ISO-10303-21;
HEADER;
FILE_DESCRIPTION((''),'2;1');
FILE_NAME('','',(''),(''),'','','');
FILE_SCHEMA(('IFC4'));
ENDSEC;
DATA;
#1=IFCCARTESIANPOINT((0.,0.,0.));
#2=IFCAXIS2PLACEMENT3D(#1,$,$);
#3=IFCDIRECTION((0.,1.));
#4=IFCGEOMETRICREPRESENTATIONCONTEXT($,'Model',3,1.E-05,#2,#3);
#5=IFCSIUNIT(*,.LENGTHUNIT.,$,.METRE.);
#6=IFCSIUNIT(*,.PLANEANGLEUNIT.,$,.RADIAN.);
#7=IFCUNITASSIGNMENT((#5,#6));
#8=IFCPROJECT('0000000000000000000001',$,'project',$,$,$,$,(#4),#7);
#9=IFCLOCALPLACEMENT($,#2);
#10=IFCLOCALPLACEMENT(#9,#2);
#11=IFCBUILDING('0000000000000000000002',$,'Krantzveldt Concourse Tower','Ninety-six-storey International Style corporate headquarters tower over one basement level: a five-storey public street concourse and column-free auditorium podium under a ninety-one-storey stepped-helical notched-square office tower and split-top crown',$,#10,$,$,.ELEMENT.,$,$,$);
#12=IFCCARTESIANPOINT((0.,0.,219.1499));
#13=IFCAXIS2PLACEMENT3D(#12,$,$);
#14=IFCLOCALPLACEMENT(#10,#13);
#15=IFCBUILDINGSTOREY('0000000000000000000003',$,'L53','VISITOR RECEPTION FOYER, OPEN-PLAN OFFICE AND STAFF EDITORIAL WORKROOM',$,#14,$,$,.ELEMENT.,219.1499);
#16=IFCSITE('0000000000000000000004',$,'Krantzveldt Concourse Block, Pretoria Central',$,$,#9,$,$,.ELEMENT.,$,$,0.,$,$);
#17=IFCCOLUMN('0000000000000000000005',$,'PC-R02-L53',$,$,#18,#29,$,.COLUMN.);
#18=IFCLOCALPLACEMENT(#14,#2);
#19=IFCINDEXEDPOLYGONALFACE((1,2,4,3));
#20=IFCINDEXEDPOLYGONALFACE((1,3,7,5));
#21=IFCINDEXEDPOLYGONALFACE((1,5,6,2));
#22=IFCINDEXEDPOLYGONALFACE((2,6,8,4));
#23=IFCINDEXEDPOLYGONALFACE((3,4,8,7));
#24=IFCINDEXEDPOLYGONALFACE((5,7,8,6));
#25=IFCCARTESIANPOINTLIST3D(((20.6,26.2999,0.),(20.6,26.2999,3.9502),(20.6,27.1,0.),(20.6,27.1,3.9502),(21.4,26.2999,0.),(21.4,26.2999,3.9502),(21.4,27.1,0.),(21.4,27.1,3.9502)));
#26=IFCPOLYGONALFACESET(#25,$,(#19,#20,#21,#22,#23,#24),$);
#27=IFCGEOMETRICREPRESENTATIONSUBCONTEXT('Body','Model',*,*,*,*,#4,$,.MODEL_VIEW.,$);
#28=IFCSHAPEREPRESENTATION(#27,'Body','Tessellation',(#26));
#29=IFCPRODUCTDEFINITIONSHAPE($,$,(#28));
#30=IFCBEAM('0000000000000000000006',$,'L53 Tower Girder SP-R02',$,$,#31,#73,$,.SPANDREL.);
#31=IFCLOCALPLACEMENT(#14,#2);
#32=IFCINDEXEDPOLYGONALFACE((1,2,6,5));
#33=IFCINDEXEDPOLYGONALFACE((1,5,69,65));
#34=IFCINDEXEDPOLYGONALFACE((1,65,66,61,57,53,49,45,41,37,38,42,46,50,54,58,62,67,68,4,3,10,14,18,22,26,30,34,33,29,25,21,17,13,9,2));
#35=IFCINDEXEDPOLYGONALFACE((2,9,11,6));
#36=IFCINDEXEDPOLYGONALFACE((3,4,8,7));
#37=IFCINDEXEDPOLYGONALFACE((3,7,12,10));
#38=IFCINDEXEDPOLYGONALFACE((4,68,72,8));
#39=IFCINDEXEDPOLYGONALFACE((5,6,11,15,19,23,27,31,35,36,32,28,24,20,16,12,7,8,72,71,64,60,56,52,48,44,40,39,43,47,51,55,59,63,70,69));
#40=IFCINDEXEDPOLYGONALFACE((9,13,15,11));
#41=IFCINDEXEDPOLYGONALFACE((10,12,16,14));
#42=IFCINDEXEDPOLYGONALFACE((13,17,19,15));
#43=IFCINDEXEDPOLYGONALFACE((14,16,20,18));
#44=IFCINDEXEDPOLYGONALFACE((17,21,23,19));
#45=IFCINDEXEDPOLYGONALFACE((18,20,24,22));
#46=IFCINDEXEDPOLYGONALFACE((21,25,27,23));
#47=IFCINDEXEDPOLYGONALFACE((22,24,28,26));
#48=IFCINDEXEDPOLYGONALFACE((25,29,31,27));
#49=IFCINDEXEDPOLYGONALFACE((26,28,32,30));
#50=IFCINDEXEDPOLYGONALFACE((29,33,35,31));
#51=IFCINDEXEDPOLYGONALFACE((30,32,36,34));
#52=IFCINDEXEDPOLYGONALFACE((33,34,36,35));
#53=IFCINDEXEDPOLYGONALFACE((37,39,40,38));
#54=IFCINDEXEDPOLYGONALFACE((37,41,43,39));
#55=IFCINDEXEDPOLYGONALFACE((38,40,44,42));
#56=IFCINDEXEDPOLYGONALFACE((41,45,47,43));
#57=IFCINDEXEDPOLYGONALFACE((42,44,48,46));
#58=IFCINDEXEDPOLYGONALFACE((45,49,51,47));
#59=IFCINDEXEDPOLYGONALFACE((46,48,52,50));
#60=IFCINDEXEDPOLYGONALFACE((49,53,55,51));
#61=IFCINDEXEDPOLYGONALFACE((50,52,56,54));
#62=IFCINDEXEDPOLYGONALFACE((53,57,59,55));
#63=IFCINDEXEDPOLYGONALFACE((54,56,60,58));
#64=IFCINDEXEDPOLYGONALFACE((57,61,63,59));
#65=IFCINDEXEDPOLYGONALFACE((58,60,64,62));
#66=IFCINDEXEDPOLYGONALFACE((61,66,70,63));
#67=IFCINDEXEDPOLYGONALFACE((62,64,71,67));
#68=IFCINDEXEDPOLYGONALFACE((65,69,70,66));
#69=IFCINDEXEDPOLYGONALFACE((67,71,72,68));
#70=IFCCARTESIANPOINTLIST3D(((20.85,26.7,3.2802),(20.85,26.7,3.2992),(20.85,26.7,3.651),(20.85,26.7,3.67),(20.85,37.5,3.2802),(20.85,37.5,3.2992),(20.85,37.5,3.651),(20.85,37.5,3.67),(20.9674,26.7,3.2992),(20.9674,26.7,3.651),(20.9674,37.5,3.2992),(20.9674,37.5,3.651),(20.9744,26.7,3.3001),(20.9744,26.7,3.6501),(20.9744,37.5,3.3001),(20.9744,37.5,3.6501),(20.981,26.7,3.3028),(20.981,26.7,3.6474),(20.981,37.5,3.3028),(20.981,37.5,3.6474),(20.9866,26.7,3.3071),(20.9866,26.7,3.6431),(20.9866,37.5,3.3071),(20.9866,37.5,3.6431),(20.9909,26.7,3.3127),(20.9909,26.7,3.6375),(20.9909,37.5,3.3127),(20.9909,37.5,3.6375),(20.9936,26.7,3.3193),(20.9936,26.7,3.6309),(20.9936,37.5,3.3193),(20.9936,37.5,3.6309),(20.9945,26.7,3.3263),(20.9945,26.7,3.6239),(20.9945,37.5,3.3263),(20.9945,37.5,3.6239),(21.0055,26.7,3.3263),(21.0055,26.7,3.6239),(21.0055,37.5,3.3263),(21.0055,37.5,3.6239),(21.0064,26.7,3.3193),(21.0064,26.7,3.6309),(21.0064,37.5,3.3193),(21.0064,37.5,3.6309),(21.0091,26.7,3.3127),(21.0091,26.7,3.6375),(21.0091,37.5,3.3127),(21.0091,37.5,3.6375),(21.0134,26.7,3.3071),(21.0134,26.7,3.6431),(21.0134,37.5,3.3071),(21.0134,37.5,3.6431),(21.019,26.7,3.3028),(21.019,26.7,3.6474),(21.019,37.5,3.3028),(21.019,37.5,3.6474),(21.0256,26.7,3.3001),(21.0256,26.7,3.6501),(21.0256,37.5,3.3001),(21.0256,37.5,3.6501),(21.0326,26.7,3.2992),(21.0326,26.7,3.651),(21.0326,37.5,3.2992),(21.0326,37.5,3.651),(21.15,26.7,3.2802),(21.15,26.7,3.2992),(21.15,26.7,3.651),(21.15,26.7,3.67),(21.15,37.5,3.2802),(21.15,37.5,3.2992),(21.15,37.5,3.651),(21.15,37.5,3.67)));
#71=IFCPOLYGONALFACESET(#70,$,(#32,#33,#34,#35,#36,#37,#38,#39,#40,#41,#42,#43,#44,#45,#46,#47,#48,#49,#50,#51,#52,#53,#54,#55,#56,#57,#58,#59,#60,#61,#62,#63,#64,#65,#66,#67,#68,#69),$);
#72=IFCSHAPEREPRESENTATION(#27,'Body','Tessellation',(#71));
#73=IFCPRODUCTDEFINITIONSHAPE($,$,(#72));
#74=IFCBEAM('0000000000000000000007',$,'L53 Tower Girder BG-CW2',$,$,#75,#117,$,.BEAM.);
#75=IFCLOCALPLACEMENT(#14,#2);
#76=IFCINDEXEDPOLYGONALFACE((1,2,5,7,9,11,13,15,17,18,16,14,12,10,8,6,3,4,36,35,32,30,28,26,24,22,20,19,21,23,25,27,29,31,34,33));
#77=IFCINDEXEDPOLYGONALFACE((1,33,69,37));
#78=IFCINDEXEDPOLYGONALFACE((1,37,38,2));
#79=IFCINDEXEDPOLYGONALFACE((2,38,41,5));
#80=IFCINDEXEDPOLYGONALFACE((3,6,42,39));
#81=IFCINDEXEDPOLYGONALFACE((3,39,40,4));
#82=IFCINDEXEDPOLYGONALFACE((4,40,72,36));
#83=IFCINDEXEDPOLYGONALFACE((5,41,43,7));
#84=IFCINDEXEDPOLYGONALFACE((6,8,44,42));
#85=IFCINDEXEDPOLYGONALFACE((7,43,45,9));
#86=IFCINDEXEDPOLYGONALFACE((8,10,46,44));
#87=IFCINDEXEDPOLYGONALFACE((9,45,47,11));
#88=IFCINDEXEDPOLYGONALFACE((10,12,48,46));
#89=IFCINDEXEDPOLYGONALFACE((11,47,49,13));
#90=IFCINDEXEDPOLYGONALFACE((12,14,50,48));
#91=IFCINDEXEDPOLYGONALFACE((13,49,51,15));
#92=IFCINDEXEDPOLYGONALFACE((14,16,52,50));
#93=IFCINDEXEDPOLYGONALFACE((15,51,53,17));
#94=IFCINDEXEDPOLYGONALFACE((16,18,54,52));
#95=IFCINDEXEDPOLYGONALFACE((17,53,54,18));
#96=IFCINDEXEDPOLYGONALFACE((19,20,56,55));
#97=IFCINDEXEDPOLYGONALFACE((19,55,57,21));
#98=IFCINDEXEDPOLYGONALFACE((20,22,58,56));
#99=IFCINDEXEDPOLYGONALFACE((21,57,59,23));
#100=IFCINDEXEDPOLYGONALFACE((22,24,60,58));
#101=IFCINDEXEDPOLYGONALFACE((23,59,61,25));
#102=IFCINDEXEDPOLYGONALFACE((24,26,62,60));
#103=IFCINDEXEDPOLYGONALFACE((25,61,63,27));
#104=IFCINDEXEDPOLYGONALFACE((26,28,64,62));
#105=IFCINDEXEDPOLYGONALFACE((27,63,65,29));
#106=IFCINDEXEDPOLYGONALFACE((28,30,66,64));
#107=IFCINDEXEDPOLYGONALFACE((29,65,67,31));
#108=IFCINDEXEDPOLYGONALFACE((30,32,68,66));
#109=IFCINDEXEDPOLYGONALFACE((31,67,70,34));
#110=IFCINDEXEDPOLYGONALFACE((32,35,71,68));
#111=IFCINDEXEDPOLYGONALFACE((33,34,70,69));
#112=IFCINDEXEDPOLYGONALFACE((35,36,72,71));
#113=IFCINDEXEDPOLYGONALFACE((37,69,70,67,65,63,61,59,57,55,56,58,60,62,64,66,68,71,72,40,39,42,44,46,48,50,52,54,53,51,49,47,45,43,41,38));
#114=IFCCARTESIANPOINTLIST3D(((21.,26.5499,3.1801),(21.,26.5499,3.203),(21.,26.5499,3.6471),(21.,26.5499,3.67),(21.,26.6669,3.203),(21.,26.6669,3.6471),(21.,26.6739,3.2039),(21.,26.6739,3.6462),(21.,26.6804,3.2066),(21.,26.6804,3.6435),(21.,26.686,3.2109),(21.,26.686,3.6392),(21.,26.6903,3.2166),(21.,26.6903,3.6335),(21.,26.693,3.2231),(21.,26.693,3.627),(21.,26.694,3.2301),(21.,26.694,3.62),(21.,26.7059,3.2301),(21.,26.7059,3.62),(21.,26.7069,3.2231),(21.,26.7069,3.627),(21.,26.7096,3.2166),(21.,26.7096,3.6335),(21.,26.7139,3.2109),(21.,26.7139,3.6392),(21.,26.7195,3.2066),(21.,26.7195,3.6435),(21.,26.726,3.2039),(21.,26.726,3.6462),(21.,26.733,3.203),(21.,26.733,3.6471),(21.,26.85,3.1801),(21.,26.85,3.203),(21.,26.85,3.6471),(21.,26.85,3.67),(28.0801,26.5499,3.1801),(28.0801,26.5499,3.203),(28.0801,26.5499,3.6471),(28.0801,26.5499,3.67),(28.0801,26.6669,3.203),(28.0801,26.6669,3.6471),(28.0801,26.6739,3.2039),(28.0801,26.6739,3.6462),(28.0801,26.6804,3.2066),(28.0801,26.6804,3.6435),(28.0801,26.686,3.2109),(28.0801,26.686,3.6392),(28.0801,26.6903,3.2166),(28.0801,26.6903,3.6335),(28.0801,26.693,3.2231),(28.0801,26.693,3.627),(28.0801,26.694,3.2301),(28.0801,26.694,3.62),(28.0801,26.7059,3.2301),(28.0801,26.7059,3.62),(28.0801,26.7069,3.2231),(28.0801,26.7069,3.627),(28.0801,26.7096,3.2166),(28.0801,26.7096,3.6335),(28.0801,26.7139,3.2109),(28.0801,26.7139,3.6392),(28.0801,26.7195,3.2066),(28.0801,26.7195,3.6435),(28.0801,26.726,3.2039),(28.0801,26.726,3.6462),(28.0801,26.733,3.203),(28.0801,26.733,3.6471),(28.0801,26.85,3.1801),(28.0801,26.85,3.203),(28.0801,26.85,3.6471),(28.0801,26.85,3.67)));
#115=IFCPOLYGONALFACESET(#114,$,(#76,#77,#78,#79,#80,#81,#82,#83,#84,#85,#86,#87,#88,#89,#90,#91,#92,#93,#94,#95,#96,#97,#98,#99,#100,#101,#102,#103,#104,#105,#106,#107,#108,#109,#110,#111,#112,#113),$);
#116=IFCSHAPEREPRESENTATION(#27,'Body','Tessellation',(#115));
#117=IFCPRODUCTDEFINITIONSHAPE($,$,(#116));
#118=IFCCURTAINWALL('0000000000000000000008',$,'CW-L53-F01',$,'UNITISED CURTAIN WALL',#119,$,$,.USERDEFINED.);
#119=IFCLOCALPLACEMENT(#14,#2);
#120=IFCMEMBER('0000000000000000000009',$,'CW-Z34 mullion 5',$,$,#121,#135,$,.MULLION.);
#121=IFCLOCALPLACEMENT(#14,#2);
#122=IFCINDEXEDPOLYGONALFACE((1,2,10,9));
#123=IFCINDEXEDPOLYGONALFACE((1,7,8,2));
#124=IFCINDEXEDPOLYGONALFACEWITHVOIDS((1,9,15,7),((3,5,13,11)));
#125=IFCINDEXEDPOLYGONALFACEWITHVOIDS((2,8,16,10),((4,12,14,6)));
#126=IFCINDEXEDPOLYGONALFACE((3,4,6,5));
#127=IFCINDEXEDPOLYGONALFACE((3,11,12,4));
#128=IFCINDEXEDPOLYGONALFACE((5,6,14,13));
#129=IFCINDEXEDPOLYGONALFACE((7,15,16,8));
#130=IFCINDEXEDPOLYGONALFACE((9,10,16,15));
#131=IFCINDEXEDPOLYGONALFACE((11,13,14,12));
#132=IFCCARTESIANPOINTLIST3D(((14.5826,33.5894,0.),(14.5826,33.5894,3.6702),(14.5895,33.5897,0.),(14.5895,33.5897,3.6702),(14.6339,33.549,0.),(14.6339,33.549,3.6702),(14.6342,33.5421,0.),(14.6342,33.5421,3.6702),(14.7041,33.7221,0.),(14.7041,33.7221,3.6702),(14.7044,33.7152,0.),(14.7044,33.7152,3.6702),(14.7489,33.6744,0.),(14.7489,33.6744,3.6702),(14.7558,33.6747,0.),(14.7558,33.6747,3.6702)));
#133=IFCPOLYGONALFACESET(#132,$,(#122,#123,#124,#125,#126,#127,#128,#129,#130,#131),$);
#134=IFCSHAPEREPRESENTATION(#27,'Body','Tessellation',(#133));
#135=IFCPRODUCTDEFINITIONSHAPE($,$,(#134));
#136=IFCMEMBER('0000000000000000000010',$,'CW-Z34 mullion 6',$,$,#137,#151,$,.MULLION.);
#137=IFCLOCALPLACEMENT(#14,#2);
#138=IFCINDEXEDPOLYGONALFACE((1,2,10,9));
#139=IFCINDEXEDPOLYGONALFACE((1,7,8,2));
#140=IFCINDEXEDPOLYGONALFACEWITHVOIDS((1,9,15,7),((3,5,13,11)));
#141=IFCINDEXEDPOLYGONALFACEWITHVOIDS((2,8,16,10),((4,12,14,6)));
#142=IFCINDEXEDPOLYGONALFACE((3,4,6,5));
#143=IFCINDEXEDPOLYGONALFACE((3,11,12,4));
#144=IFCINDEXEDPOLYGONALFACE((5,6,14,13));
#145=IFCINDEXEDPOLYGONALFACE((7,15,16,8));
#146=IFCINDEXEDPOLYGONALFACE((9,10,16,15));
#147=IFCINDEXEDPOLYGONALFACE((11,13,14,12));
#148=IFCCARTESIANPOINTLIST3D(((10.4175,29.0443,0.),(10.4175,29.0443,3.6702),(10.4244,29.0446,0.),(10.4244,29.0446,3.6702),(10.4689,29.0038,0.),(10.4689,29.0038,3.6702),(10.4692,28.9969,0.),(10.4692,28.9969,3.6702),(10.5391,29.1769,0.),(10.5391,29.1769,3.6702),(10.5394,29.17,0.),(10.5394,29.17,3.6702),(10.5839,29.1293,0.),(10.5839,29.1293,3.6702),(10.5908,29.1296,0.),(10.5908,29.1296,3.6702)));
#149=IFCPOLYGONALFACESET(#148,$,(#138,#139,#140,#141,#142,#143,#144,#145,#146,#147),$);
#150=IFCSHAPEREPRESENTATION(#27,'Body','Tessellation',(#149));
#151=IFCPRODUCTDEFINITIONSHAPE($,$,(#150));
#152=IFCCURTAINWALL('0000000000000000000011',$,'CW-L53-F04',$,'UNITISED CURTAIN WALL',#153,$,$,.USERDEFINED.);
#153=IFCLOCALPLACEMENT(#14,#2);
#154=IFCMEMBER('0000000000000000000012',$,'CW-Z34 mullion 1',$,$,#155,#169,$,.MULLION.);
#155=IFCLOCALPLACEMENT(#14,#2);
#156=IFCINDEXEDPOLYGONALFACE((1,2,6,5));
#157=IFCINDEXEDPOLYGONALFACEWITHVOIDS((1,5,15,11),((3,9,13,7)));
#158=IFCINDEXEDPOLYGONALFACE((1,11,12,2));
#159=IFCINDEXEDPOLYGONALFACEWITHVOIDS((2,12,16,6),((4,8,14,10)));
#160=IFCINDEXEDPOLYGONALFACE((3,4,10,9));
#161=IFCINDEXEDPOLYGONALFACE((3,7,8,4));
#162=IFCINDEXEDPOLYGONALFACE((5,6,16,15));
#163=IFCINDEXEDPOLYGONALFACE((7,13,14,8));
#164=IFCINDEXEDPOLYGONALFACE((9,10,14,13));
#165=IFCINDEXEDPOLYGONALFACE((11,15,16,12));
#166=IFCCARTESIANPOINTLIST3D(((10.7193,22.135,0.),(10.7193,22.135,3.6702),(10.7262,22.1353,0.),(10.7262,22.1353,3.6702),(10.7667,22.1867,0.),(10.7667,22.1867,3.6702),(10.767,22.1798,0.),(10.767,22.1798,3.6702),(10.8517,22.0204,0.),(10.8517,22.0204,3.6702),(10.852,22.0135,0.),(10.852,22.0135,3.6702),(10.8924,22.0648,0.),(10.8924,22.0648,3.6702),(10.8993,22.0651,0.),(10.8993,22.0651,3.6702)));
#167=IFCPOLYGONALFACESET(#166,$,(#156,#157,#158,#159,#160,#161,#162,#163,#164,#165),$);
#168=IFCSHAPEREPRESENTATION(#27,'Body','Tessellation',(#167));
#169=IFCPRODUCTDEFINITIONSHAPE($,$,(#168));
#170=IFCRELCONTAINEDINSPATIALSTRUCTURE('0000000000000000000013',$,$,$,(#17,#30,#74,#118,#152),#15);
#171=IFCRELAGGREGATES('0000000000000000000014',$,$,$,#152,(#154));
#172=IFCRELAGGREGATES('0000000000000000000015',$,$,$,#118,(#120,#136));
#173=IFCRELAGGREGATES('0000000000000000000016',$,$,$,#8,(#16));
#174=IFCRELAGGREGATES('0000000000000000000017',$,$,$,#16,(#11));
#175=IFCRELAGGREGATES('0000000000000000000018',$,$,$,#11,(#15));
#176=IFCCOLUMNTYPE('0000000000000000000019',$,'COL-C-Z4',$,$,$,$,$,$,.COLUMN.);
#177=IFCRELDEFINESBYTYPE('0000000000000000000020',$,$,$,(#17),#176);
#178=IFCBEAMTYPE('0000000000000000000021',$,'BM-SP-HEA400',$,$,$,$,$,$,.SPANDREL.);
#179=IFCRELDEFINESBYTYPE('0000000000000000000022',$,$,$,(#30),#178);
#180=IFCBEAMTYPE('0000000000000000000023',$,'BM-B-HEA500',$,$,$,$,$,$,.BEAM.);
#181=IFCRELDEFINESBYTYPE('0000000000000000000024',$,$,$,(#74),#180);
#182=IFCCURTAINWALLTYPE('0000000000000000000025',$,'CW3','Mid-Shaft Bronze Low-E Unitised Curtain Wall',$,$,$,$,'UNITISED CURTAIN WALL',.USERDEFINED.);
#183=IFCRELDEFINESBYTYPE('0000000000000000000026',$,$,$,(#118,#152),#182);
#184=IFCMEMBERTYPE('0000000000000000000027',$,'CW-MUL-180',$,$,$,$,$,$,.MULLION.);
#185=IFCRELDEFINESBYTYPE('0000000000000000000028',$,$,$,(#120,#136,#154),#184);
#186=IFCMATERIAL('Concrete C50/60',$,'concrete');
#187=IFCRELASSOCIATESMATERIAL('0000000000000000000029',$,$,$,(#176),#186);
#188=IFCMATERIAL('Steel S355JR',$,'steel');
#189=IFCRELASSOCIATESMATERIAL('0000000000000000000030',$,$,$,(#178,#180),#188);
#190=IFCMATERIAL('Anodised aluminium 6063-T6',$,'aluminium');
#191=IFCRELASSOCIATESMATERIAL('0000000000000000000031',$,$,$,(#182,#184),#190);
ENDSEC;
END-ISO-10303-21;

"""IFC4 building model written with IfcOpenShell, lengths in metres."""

from ifc_helpers import new_model, si_unit, direction, frame, origin, origin_2d, place, context, subcontext, project, spatial, rectangle, hollow_rectangle, i_section, extrude, source, transform, mapped, material, material_profile, profile_set, type_object, type_shapes, element, aggregate, save


model = new_model("IFC4")

# Units and contexts
model_context = context("Model", 3, precision=1e-05, world=origin(), true_north=direction((0.0, 1.0)))
body_context = subcontext(model_context, "Body", "Model", "MODEL_VIEW")
ifc_project = project(units=[si_unit("LENGTHUNIT", "METRE"), si_unit("PLANEANGLEUNIT", "RADIAN")], contexts=[model_context])

# Site, building, storey
site_placement = place(None, origin())
site = spatial("IfcSite", under=ifc_project, at=site_placement, Name="Krantzveldt Concourse Block, Pretoria Central", CompositionType="ELEMENT", RefElevation=0.0)
building_placement = place(site_placement, origin())
building = spatial("IfcBuilding", under=site, at=building_placement, Name="Krantzveldt Concourse Tower", Description="Ninety-six-storey International Style corporate headquarters tower over one basement level: a five-storey public street concourse and column-free auditorium podium under a ninety-one-storey stepped-helical notched-square office tower and split-top crown", CompositionType="ELEMENT")
storey_placement = place(building_placement, frame((0.0, 0.0, 219.1499)))
storey = spatial("IfcBuildingStorey", under=building, at=storey_placement, Name="L53", Description="VISITOR RECEPTION FOYER, OPEN-PLAN OFFICE AND STAFF EDITORIAL WORKROOM", CompositionType="ELEMENT", Elevation=219.1499)

# Column
ifc_material_1 = material(Name="Concrete C50/60", Category="concrete")
ifc_material_profile_1 = material_profile(ifc_material_1, rectangle(XDim=0.8, YDim=0.8, at=origin_2d()), Name="Concrete C50/60", Category="concrete")
ifc_profile_set_1 = profile_set([ifc_material_profile_1], Name="Concrete C50/60 - RC 800x800")
column_type = type_object("IfcColumnType", Name="COL-C-Z4", PredefinedType="COLUMN", material=ifc_profile_set_1)
shared_shape_1 = source(origin(), body_context, "Body", "SweptSolid", [
    extrude(rectangle(XDim=0.8, YDim=0.8, at=origin_2d()), origin(), (0.0, 0.0, 1.0), 3.9502),
])
type_shapes(column_type, [shared_shape_1])
column_placement = place(storey_placement, frame((21.0, 26.7, 0.0), z_axis=(0.0, 0.0, 1.0), x_axis=(1.0, 0.0, 0.0)))
element("IfcColumn", 1, at=column_placement, inside=storey, type_object=column_type, Name="PC-R02-L53", PredefinedType="COLUMN", context=body_context, shape_type="MappedRepresentation", body=[
    mapped(shared_shape_1, transform((0.0, 0.0, 0.0), x_axis=(1.0, 0.0, 0.0), y_axis=(0.0, 1.0, 0.0), z_axis=(0.0, 0.0, 1.0), scale=1.0)),
])

# Beams
ifc_material_2 = material(Name="Steel S355JR", Category="steel")
ifc_material_profile_2 = material_profile(ifc_material_2, i_section(OverallWidth=0.3, OverallDepth=0.3899, WebThickness=0.011, FlangeThickness=0.019, FilletRadius=0.0271, at=origin_2d()), Name="Steel S355JR", Category="steel")
ifc_profile_set_2 = profile_set([ifc_material_profile_2], Name="Steel S355JR - HEA 400")
beam_type_1 = type_object("IfcBeamType", Name="BM-SP-HEA400", PredefinedType="SPANDREL", material=ifc_profile_set_2)
shared_shape_2 = source(origin(), body_context, "Body", "SweptSolid", [
    extrude(i_section(OverallWidth=0.3, OverallDepth=0.3899, WebThickness=0.011, FlangeThickness=0.019, FilletRadius=0.0271, at=origin_2d()), origin(), (0.0, 0.0, 1.0), 10.8),
])
type_shapes(beam_type_1, [shared_shape_2])
beam_1_placement = place(storey_placement, frame((21.0, 26.7, 3.4751), z_axis=(0.0, 1.0, 0.0), x_axis=(-1.0, 0.0, 0.0)))
element("IfcBeam", 2, at=beam_1_placement, inside=storey, type_object=beam_type_1, Name="L53 Tower Girder SP-R02", PredefinedType="SPANDREL", context=body_context, shape_type="MappedRepresentation", body=[
    mapped(shared_shape_2, transform((0.0, 0.0, 0.0), x_axis=(1.0, 0.0, 0.0), y_axis=(0.0, 1.0, 0.0), z_axis=(0.0, 0.0, 1.0), scale=1.0)),
])
ifc_material_profile_3 = material_profile(ifc_material_2, i_section(OverallWidth=0.3, OverallDepth=0.49, WebThickness=0.012, FlangeThickness=0.0229, FilletRadius=0.0271, at=origin_2d()), Name="Steel S355JR", Category="steel")
ifc_profile_set_3 = profile_set([ifc_material_profile_3], Name="Steel S355JR - HEA 500")
beam_type_2 = type_object("IfcBeamType", Name="BM-B-HEA500", PredefinedType="BEAM", material=ifc_profile_set_3)
shared_shape_3 = source(origin(), body_context, "Body", "SweptSolid", [
    extrude(i_section(OverallWidth=0.3, OverallDepth=0.49, WebThickness=0.012, FlangeThickness=0.0229, FilletRadius=0.0271, at=origin_2d()), origin(), (0.0, 0.0, 1.0), 7.0801),
])
type_shapes(beam_type_2, [shared_shape_3])
beam_2_placement = place(storey_placement, frame((21.0, 26.7, 3.425), z_axis=(1.0, 0.0, 0.0), x_axis=(0.0, 1.0, 0.0)))
element("IfcBeam", 3, at=beam_2_placement, inside=storey, type_object=beam_type_2, Name="L53 Tower Girder BG-CW2", PredefinedType="BEAM", context=body_context, shape_type="MappedRepresentation", body=[
    mapped(shared_shape_3, transform((0.0, 0.0, 0.0), x_axis=(1.0, 0.0, 0.0), y_axis=(0.0, 1.0, 0.0), z_axis=(0.0, 0.0, 1.0), scale=1.0)),
])

# Curtain wall, members
ifc_material_3 = material(Name="Anodised aluminium 6063-T6", Category="aluminium")
curtain_wall_type = type_object("IfcCurtainWallType", Name="CW3", Description="Mid-Shaft Bronze Low-E Unitised Curtain Wall", ElementType="UNITISED CURTAIN WALL", PredefinedType="USERDEFINED", material=ifc_material_3)
curtain_wall_1_placement = place(storey_placement, origin())
curtain_wall_1 = element("IfcCurtainWall", 4, at=curtain_wall_1_placement, inside=storey, type_object=curtain_wall_type, Name="CW-L53-F01", ObjectType="UNITISED CURTAIN WALL", PredefinedType="USERDEFINED")
ifc_material_profile_4 = material_profile(ifc_material_3, hollow_rectangle(XDim=0.0701, YDim=0.1799, WallThickness=0.0049, at=origin_2d()), Name="Anodised aluminium 6063-T6", Category="aluminium")
ifc_profile_set_4 = profile_set([ifc_material_profile_4], Name="Anodised aluminium 6063-T6 - ALU-MULL 180x70x5")
member_type_1 = type_object("IfcMemberType", Name="CW-MUL-180", PredefinedType="MULLION", material=ifc_profile_set_4)
shared_shape_4 = source(origin(), body_context, "Body", "SweptSolid", [
    extrude(hollow_rectangle(XDim=0.0701, YDim=0.1799, WallThickness=0.0049, at=origin_2d()), origin(), (0.0, 0.0, 1.0), 3.6702),
])
type_shapes(member_type_1, [shared_shape_4])
member_1_placement = place(storey_placement, frame((14.6692, 33.6321, 0.0), z_axis=(0.0, 0.0, 1.0), x_axis=(0.737277, -0.67559, 0.0)))
member_1 = element("IfcMember", 5, at=member_1_placement, type_object=member_type_1, Name="CW-Z34 mullion 5", PredefinedType="MULLION", context=body_context, shape_type="MappedRepresentation", body=[
    mapped(shared_shape_4, transform((0.0, 0.0, 0.0), x_axis=(1.0, 0.0, 0.0), y_axis=(0.0, 1.0, 0.0), z_axis=(0.0, 0.0, 1.0), scale=1.0)),
])
member_2_placement = place(storey_placement, frame((10.5042, 29.0869, 0.0), z_axis=(0.0, 0.0, 1.0), x_axis=(0.737277, -0.67559, 0.0)))
member_2 = element("IfcMember", 6, at=member_2_placement, type_object=member_type_1, Name="CW-Z34 mullion 6", PredefinedType="MULLION", context=body_context, shape_type="MappedRepresentation", body=[
    mapped(shared_shape_4, transform((0.0, 0.0, 0.0), x_axis=(1.0, 0.0, 0.0), y_axis=(0.0, 1.0, 0.0), z_axis=(0.0, 0.0, 1.0), scale=1.0)),
])

# Curtain wall, member
curtain_wall_2_placement = place(storey_placement, origin())
curtain_wall_2 = element("IfcCurtainWall", 7, at=curtain_wall_2_placement, inside=storey, type_object=curtain_wall_type, Name="CW-L53-F04", ObjectType="UNITISED CURTAIN WALL", PredefinedType="USERDEFINED")
member_3_placement = place(storey_placement, frame((10.8093, 22.1001, 0.0), z_axis=(0.0, 0.0, 1.0), x_axis=(0.67559, 0.737277, 0.0)))
member_3 = element("IfcMember", 8, at=member_3_placement, type_object=member_type_1, Name="CW-Z34 mullion 1", PredefinedType="MULLION", context=body_context, shape_type="MappedRepresentation", body=[
    mapped(shared_shape_4, transform((0.0, 0.0, 0.0), x_axis=(1.0, 0.0, 0.0), y_axis=(0.0, 1.0, 0.0), z_axis=(0.0, 0.0, 1.0), scale=1.0)),
])
aggregate(curtain_wall_2, [member_3])

aggregate(curtain_wall_1, [member_1, member_2])

save(model, "model.ifc")
